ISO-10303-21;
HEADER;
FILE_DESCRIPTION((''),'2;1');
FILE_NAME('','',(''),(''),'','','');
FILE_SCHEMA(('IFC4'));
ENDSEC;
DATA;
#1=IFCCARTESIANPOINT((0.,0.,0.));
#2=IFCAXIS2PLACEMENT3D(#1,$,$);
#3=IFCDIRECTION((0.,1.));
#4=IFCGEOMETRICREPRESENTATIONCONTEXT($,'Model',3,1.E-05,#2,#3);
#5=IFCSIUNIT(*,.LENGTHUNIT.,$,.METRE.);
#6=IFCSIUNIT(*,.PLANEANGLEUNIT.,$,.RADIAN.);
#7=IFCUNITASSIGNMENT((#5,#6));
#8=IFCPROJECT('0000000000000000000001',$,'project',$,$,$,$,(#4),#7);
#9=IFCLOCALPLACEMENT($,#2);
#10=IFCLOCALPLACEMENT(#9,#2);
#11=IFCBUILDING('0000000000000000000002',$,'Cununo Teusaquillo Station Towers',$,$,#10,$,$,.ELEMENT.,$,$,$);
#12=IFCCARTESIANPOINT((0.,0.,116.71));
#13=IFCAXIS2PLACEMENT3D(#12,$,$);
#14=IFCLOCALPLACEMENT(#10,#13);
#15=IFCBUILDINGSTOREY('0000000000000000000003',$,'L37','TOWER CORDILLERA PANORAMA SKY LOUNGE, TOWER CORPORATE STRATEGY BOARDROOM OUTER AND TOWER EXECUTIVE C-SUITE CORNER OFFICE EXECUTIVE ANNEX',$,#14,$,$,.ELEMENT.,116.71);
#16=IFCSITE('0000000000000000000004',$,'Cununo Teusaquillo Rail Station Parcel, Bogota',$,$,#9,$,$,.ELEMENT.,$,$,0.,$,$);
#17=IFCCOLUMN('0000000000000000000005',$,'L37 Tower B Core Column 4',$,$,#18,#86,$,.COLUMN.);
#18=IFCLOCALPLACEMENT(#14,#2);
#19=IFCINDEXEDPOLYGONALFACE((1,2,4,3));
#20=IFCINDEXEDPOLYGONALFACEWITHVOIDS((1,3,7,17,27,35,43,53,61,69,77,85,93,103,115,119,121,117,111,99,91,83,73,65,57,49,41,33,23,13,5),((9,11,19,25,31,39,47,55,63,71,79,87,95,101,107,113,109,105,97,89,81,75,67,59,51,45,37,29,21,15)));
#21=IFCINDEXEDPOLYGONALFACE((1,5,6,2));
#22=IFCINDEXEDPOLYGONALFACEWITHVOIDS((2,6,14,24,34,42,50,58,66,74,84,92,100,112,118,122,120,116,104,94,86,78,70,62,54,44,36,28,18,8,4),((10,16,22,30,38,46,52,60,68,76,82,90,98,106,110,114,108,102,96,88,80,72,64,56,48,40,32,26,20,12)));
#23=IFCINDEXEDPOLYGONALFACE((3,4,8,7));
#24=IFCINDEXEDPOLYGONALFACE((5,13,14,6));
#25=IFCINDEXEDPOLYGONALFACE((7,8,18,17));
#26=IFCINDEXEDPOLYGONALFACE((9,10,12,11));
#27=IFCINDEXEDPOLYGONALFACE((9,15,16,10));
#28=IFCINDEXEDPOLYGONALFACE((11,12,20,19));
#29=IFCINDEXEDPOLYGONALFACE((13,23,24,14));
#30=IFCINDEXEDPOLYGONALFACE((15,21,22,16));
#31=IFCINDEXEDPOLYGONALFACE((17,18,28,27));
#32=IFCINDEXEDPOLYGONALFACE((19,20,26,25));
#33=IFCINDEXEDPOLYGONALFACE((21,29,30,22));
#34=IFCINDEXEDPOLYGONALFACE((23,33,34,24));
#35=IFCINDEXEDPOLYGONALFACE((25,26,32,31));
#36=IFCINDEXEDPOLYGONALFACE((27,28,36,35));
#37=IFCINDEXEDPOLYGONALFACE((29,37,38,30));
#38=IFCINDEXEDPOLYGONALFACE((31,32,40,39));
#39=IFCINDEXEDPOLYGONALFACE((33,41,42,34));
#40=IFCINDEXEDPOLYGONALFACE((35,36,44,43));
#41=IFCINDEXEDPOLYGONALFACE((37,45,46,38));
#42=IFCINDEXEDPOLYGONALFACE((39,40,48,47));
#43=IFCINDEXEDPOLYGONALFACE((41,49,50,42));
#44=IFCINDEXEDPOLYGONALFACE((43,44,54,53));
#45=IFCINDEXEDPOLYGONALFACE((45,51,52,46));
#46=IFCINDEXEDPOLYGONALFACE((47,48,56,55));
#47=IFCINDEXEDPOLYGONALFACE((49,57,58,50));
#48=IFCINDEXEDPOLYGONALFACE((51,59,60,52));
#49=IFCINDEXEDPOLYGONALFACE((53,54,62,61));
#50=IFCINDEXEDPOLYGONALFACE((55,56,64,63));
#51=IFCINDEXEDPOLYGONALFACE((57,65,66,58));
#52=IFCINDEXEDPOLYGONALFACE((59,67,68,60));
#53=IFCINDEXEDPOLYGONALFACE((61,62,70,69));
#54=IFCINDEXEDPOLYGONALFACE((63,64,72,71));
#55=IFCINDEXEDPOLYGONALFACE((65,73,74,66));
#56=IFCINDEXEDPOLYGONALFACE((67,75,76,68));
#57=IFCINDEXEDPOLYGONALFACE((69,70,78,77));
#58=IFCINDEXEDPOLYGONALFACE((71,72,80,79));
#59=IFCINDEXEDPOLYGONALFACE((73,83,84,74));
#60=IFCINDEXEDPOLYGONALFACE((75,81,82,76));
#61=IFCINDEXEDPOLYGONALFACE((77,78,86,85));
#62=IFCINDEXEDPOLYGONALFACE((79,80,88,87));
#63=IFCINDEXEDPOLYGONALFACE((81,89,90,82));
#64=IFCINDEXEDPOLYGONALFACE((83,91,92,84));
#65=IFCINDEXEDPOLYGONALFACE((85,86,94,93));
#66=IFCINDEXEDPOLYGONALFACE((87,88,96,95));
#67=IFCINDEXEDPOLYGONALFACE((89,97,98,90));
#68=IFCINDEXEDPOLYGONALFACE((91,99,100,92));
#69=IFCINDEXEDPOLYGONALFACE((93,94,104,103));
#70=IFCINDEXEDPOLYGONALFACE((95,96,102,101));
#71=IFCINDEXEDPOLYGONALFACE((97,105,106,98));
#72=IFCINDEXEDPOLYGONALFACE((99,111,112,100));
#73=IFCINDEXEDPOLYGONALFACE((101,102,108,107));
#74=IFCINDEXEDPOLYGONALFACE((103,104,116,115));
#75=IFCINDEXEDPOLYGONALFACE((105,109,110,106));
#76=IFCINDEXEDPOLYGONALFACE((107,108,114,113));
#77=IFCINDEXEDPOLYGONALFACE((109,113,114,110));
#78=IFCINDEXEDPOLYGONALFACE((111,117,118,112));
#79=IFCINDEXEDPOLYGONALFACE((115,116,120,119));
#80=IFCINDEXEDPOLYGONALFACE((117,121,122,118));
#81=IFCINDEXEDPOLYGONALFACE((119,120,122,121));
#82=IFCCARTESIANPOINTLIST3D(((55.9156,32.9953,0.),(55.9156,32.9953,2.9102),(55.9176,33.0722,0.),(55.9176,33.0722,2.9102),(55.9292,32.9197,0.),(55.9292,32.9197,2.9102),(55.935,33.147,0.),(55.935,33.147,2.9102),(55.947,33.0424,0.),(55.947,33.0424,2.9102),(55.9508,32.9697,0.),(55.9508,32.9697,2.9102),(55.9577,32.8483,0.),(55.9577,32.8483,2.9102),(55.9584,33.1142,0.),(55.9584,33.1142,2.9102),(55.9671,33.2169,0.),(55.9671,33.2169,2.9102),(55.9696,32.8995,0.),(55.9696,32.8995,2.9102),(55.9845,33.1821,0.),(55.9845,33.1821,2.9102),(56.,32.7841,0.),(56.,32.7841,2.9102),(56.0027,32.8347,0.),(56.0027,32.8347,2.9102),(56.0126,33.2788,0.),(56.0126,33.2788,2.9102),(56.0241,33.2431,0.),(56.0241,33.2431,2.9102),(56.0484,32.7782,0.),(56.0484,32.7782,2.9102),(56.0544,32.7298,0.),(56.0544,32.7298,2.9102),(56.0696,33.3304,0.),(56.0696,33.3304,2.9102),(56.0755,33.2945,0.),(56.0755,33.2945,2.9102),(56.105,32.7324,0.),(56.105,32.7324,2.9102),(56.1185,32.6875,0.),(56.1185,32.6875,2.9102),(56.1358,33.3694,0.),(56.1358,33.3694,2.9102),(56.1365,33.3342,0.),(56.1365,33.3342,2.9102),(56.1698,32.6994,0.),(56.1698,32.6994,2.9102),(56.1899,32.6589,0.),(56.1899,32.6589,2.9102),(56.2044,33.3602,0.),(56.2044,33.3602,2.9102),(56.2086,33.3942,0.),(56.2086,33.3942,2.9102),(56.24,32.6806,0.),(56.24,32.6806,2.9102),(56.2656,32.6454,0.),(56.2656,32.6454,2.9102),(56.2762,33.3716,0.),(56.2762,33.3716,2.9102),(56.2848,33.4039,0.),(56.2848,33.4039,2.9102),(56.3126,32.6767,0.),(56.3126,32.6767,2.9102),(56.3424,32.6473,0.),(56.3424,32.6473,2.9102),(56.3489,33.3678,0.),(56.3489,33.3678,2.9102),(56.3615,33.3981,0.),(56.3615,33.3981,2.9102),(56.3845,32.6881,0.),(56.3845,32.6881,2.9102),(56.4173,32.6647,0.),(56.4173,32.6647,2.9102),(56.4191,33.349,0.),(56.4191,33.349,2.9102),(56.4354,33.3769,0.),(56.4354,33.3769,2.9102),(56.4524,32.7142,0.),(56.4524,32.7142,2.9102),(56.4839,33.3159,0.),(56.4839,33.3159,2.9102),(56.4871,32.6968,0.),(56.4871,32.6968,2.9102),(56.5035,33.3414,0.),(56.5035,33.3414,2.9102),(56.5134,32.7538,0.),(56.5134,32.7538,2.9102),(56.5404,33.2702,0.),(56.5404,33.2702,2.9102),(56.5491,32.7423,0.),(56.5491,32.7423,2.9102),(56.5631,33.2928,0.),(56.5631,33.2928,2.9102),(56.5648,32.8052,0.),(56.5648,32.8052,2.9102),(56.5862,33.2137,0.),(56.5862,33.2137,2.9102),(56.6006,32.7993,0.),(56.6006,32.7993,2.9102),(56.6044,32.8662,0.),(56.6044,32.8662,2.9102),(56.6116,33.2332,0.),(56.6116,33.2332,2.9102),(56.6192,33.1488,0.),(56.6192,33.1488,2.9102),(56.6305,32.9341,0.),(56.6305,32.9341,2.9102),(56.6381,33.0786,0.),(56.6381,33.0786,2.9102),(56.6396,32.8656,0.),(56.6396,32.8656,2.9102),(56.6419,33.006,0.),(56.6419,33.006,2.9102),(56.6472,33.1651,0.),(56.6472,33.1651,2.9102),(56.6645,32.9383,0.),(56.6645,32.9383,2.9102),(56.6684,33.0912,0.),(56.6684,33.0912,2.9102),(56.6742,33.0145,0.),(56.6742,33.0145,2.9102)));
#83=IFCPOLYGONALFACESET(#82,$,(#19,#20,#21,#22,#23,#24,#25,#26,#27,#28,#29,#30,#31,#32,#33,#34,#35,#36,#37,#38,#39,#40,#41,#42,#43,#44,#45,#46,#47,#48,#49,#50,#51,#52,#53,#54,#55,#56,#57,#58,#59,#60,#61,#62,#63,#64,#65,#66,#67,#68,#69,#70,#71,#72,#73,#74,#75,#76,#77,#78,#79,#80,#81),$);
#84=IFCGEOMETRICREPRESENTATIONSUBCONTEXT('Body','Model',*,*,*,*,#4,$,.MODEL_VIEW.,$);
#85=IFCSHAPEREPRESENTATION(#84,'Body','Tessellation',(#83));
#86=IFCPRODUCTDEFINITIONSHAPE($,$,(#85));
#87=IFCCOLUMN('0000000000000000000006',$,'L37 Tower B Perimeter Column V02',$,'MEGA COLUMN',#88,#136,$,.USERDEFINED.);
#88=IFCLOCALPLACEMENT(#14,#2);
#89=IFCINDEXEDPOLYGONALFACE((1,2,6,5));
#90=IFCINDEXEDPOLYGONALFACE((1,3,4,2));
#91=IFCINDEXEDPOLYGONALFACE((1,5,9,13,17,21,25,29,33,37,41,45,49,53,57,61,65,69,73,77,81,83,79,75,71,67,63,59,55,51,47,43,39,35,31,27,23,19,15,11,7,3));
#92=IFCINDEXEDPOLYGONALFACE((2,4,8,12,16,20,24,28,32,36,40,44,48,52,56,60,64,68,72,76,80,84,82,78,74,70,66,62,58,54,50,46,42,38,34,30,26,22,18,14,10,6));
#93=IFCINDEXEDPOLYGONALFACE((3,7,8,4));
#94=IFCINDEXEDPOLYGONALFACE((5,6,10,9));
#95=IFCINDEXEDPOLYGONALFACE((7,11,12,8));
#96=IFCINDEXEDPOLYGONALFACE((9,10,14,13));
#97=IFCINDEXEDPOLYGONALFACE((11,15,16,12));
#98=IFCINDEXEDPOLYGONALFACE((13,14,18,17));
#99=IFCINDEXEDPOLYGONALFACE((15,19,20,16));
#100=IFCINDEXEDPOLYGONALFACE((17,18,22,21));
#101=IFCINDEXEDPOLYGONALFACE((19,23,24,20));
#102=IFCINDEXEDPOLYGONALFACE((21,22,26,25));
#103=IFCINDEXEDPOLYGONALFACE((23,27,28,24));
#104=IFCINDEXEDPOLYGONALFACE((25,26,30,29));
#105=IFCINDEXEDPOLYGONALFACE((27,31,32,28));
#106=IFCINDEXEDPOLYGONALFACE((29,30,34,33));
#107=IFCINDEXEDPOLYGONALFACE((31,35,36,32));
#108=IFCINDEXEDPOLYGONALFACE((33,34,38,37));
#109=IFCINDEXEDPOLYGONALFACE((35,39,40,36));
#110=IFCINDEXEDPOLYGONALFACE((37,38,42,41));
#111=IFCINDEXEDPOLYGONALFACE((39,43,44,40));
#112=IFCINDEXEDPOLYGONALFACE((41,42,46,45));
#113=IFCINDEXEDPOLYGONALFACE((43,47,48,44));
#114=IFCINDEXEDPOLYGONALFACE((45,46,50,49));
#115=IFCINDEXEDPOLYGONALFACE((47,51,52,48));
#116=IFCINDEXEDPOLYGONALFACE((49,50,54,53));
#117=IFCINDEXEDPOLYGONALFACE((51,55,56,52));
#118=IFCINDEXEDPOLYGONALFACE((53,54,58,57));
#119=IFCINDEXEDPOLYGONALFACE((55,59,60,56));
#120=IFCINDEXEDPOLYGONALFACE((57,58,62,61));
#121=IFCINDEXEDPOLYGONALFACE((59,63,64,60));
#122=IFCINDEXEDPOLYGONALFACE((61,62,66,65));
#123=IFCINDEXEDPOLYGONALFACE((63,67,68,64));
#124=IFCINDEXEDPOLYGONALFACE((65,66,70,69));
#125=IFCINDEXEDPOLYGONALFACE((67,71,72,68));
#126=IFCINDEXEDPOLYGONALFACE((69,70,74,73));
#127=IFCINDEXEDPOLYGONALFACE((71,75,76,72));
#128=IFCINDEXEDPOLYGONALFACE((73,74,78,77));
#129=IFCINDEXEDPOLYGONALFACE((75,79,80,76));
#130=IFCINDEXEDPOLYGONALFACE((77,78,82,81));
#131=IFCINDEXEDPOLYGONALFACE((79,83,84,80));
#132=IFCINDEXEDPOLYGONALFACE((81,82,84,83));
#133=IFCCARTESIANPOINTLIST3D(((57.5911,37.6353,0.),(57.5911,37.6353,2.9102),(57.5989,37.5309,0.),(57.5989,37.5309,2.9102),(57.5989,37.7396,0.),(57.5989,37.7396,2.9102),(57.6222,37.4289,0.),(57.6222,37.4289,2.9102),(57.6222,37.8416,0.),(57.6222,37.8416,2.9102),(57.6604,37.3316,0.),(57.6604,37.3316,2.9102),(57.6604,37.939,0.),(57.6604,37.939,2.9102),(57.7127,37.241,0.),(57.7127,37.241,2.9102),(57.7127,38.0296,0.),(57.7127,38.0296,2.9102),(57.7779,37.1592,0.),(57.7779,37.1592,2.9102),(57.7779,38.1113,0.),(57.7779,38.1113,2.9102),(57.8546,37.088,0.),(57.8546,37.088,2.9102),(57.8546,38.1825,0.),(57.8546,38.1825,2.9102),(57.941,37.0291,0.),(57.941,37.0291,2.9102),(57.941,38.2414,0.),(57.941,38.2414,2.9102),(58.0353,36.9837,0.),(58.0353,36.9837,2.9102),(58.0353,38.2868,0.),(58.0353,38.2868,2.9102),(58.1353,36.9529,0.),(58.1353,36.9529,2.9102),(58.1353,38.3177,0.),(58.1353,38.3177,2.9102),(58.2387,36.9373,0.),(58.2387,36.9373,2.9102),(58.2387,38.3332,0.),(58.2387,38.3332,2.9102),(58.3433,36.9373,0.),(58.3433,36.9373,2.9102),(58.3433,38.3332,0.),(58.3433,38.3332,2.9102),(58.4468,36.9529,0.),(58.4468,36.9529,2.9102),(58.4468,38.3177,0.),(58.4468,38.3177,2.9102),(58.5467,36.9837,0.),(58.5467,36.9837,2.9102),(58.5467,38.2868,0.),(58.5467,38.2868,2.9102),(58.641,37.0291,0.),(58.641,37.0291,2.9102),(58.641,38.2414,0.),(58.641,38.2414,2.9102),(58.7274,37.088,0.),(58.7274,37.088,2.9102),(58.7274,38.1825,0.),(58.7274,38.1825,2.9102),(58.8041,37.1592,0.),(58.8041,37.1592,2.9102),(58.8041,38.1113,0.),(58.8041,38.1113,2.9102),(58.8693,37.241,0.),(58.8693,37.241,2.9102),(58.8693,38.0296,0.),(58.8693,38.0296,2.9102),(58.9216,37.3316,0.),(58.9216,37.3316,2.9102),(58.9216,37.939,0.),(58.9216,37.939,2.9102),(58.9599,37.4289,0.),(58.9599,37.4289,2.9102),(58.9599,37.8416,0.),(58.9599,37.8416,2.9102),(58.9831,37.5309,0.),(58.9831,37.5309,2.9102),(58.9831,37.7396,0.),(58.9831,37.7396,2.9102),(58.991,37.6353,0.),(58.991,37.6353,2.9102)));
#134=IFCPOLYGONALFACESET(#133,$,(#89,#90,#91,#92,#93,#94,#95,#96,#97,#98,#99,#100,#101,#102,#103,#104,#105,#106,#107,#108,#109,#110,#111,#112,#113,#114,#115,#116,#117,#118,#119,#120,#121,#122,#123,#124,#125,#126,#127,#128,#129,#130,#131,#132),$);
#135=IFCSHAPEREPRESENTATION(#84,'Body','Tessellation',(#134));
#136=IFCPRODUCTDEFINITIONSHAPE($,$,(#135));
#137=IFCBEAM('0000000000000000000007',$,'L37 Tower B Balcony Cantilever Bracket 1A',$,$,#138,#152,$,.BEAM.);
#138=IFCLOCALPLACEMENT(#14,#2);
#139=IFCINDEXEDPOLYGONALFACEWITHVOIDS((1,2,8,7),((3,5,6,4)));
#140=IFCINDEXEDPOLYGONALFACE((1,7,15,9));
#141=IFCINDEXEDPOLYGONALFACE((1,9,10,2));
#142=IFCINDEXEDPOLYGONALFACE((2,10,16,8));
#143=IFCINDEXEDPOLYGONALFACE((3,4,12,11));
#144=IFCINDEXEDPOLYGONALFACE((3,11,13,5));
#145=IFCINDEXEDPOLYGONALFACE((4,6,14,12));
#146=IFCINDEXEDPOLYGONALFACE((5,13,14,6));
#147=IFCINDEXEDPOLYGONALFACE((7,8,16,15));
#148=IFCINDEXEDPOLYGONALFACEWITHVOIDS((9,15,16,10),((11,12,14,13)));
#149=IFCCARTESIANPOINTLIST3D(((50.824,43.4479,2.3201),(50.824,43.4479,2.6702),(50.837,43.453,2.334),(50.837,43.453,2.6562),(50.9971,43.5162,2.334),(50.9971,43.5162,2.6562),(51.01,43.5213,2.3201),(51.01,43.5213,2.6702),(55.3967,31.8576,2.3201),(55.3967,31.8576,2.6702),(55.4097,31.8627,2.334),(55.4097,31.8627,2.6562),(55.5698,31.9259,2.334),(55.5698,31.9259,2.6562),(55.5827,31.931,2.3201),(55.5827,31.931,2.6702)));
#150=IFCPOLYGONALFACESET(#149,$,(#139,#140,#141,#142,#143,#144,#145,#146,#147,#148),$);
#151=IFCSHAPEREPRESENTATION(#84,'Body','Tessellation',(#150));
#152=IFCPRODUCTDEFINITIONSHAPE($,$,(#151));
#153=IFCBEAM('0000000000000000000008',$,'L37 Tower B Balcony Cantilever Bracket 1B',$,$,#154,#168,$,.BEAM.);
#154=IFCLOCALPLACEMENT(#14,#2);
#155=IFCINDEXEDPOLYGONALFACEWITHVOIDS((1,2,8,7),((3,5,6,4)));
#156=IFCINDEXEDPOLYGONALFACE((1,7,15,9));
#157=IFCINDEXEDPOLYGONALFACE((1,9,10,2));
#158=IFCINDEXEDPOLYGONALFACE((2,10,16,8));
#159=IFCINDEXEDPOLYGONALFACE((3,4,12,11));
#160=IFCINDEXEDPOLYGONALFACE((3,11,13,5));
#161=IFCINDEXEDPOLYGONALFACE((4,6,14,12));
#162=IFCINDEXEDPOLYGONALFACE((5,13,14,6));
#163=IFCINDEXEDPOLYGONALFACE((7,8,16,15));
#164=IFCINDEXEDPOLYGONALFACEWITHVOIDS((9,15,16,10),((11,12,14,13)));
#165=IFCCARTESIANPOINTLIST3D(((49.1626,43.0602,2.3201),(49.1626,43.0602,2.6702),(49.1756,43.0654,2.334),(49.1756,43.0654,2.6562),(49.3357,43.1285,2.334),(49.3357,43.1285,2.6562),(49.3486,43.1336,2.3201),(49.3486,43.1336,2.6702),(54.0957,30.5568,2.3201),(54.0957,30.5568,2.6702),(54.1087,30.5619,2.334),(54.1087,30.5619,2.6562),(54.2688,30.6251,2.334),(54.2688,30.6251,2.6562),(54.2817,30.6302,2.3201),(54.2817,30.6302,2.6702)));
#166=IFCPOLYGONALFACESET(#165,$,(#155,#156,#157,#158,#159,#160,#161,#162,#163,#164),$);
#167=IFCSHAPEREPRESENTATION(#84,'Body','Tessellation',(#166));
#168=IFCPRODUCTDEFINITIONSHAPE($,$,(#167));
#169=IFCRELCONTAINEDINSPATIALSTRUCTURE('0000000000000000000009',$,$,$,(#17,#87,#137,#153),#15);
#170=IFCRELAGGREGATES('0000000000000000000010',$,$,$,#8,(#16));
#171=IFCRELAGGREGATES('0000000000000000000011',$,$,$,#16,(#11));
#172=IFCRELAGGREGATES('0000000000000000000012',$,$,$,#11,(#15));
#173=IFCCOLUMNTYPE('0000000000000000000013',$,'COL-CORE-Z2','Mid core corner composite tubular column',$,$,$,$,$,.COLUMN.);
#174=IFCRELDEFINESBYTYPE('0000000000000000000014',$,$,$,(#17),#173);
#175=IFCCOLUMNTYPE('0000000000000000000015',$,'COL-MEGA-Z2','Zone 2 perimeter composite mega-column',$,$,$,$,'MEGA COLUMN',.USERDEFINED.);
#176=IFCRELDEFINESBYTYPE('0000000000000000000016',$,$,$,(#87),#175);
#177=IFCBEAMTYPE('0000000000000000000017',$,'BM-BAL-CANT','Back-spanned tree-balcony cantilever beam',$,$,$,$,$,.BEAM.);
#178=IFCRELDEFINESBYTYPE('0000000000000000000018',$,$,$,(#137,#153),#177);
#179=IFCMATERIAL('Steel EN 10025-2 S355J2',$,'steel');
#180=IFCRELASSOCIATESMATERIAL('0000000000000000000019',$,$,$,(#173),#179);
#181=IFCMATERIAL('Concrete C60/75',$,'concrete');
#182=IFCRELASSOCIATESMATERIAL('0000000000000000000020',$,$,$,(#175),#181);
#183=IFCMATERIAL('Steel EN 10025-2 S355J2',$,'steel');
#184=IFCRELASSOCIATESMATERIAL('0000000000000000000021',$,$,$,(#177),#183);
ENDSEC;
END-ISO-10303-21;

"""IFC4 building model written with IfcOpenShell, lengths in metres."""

from ifc_helpers import new_model, si_unit, direction, frame, origin, origin_2d, place, context, subcontext, project, spatial, hollow_rectangle, circle, hollow_circle, extrude, material, material_profile, profile_set, type_object, element, save


model = new_model("IFC4")

# Units and contexts
model_context = context("Model", 3, precision=1e-05, world=origin(), true_north=direction((0.0, 1.0)))
body_context = subcontext(model_context, "Body", "Model", "MODEL_VIEW")
ifc_project = project(units=[si_unit("LENGTHUNIT", "METRE"), si_unit("PLANEANGLEUNIT", "RADIAN")], contexts=[model_context])

# Site, building, storey
site_placement = place(None, origin())
site = spatial("IfcSite", under=ifc_project, at=site_placement, Name="Cununo Teusaquillo Rail Station Parcel, Bogota", CompositionType="ELEMENT", RefElevation=0.0)
building_placement = place(site_placement, origin())
building = spatial("IfcBuilding", under=site, at=building_placement, Name="Cununo Teusaquillo Station Towers", CompositionType="ELEMENT")
storey_placement = place(building_placement, frame((0.0, 0.0, 116.71)))
storey = spatial("IfcBuildingStorey", under=building, at=storey_placement, Name="L37", Description="TOWER CORDILLERA PANORAMA SKY LOUNGE, TOWER CORPORATE STRATEGY BOARDROOM OUTER AND TOWER EXECUTIVE C-SUITE CORNER OFFICE EXECUTIVE ANNEX", CompositionType="ELEMENT", Elevation=116.71)

# Columns
ifc_material_1 = material(Name="Steel EN 10025-2 S355J2", Category="steel")
ifc_material_profile_1 = material_profile(ifc_material_1, hollow_circle(Radius=0.3799, WallThickness=0.032, at=origin_2d()), Name="CHS 760x32")
ifc_profile_set_1 = profile_set([ifc_material_profile_1], Name="Steel EN 10025-2 S355J2")
column_type_1 = type_object("IfcColumnType", Name="COL-CORE-Z2", Description="Mid core corner composite tubular column", PredefinedType="COLUMN", material=ifc_profile_set_1)
column_1_placement = place(storey_placement, frame((56.2944, 33.0242, 0.0), z_axis=(0.0, 0.0, 1.0), x_axis=(0.707107, 0.707107, 0.0)))
element("IfcColumn", 1, at=column_1_placement, inside=storey, type_object=column_type_1, Name="L37 Tower B Core Column 4", PredefinedType="COLUMN", context=body_context, shape_type="SweptSolid", body=[
    extrude(hollow_circle(Radius=0.3799, WallThickness=0.032, at=origin_2d()), origin(), (0.0, 0.0, 1.0), 2.9102),
])
ifc_material_2 = material(Name="Concrete C60/75", Category="concrete")
ifc_material_profile_2 = material_profile(ifc_material_2, circle(Radius=0.7, at=origin_2d()), Name="RC-CIRC-1400")
ifc_profile_set_2 = profile_set([ifc_material_profile_2], Name="Concrete C60/75")
column_type_2 = type_object("IfcColumnType", Name="COL-MEGA-Z2", Description="Zone 2 perimeter composite mega-column", ElementType="MEGA COLUMN", PredefinedType="USERDEFINED", material=ifc_profile_set_2)
column_2_placement = place(storey_placement, frame((58.291, 37.6353, 0.0), z_axis=(0.0, 0.0, 1.0), x_axis=(1.0, 0.0, 0.0)))
element("IfcColumn", 2, at=column_2_placement, inside=storey, type_object=column_type_2, Name="L37 Tower B Perimeter Column V02", ObjectType="MEGA COLUMN", PredefinedType="USERDEFINED", context=body_context, shape_type="SweptSolid", body=[
    extrude(circle(Radius=0.7, at=origin_2d()), origin(), (0.0, 0.0, 1.0), 2.9102),
])

# Beams
ifc_material_3 = material(Name="Steel EN 10025-2 S355J2", Category="steel")
ifc_material_profile_3 = material_profile(ifc_material_3, hollow_rectangle(XDim=0.2, YDim=0.3501, WallThickness=0.0139, at=origin_2d()), Name="RHS 350x200x14")
ifc_profile_set_3 = profile_set([ifc_material_profile_3], Name="Steel EN 10025-2 S355J2")
beam_type_1 = type_object("IfcBeamType", Name="BM-BAL-CANT", Description="Back-spanned tree-balcony cantilever beam", PredefinedType="BEAM", material=ifc_profile_set_3)
beam_1_placement = place(storey_placement, frame((55.4897, 31.8943, 2.4951), z_axis=(-0.367001, 0.93022, 0.0), x_axis=(-0.93022, -0.367001, 0.0)))
element("IfcBeam", 3, at=beam_1_placement, inside=storey, type_object=beam_type_1, Name="L37 Tower B Balcony Cantilever Bracket 1A", PredefinedType="BEAM", context=body_context, shape_type="SweptSolid", body=[
    extrude(hollow_rectangle(XDim=0.2, YDim=0.3501, WallThickness=0.0139, at=origin_2d()), origin(), (0.0, 0.0, 1.0), 12.4597),
])
beam_2_placement = place(storey_placement, frame((54.1887, 30.5935, 2.4951), z_axis=(-0.367009, 0.930218, 0.0), x_axis=(-0.930218, -0.367009, 0.0)))
element("IfcBeam", 4, at=beam_2_placement, inside=storey, type_object=beam_type_1, Name="L37 Tower B Balcony Cantilever Bracket 1B", PredefinedType="BEAM", context=body_context, shape_type="SweptSolid", body=[
    extrude(hollow_rectangle(XDim=0.2, YDim=0.3501, WallThickness=0.0139, at=origin_2d()), origin(), (0.0, 0.0, 1.0), 13.4414),
])

save(model, "model.ifc")
